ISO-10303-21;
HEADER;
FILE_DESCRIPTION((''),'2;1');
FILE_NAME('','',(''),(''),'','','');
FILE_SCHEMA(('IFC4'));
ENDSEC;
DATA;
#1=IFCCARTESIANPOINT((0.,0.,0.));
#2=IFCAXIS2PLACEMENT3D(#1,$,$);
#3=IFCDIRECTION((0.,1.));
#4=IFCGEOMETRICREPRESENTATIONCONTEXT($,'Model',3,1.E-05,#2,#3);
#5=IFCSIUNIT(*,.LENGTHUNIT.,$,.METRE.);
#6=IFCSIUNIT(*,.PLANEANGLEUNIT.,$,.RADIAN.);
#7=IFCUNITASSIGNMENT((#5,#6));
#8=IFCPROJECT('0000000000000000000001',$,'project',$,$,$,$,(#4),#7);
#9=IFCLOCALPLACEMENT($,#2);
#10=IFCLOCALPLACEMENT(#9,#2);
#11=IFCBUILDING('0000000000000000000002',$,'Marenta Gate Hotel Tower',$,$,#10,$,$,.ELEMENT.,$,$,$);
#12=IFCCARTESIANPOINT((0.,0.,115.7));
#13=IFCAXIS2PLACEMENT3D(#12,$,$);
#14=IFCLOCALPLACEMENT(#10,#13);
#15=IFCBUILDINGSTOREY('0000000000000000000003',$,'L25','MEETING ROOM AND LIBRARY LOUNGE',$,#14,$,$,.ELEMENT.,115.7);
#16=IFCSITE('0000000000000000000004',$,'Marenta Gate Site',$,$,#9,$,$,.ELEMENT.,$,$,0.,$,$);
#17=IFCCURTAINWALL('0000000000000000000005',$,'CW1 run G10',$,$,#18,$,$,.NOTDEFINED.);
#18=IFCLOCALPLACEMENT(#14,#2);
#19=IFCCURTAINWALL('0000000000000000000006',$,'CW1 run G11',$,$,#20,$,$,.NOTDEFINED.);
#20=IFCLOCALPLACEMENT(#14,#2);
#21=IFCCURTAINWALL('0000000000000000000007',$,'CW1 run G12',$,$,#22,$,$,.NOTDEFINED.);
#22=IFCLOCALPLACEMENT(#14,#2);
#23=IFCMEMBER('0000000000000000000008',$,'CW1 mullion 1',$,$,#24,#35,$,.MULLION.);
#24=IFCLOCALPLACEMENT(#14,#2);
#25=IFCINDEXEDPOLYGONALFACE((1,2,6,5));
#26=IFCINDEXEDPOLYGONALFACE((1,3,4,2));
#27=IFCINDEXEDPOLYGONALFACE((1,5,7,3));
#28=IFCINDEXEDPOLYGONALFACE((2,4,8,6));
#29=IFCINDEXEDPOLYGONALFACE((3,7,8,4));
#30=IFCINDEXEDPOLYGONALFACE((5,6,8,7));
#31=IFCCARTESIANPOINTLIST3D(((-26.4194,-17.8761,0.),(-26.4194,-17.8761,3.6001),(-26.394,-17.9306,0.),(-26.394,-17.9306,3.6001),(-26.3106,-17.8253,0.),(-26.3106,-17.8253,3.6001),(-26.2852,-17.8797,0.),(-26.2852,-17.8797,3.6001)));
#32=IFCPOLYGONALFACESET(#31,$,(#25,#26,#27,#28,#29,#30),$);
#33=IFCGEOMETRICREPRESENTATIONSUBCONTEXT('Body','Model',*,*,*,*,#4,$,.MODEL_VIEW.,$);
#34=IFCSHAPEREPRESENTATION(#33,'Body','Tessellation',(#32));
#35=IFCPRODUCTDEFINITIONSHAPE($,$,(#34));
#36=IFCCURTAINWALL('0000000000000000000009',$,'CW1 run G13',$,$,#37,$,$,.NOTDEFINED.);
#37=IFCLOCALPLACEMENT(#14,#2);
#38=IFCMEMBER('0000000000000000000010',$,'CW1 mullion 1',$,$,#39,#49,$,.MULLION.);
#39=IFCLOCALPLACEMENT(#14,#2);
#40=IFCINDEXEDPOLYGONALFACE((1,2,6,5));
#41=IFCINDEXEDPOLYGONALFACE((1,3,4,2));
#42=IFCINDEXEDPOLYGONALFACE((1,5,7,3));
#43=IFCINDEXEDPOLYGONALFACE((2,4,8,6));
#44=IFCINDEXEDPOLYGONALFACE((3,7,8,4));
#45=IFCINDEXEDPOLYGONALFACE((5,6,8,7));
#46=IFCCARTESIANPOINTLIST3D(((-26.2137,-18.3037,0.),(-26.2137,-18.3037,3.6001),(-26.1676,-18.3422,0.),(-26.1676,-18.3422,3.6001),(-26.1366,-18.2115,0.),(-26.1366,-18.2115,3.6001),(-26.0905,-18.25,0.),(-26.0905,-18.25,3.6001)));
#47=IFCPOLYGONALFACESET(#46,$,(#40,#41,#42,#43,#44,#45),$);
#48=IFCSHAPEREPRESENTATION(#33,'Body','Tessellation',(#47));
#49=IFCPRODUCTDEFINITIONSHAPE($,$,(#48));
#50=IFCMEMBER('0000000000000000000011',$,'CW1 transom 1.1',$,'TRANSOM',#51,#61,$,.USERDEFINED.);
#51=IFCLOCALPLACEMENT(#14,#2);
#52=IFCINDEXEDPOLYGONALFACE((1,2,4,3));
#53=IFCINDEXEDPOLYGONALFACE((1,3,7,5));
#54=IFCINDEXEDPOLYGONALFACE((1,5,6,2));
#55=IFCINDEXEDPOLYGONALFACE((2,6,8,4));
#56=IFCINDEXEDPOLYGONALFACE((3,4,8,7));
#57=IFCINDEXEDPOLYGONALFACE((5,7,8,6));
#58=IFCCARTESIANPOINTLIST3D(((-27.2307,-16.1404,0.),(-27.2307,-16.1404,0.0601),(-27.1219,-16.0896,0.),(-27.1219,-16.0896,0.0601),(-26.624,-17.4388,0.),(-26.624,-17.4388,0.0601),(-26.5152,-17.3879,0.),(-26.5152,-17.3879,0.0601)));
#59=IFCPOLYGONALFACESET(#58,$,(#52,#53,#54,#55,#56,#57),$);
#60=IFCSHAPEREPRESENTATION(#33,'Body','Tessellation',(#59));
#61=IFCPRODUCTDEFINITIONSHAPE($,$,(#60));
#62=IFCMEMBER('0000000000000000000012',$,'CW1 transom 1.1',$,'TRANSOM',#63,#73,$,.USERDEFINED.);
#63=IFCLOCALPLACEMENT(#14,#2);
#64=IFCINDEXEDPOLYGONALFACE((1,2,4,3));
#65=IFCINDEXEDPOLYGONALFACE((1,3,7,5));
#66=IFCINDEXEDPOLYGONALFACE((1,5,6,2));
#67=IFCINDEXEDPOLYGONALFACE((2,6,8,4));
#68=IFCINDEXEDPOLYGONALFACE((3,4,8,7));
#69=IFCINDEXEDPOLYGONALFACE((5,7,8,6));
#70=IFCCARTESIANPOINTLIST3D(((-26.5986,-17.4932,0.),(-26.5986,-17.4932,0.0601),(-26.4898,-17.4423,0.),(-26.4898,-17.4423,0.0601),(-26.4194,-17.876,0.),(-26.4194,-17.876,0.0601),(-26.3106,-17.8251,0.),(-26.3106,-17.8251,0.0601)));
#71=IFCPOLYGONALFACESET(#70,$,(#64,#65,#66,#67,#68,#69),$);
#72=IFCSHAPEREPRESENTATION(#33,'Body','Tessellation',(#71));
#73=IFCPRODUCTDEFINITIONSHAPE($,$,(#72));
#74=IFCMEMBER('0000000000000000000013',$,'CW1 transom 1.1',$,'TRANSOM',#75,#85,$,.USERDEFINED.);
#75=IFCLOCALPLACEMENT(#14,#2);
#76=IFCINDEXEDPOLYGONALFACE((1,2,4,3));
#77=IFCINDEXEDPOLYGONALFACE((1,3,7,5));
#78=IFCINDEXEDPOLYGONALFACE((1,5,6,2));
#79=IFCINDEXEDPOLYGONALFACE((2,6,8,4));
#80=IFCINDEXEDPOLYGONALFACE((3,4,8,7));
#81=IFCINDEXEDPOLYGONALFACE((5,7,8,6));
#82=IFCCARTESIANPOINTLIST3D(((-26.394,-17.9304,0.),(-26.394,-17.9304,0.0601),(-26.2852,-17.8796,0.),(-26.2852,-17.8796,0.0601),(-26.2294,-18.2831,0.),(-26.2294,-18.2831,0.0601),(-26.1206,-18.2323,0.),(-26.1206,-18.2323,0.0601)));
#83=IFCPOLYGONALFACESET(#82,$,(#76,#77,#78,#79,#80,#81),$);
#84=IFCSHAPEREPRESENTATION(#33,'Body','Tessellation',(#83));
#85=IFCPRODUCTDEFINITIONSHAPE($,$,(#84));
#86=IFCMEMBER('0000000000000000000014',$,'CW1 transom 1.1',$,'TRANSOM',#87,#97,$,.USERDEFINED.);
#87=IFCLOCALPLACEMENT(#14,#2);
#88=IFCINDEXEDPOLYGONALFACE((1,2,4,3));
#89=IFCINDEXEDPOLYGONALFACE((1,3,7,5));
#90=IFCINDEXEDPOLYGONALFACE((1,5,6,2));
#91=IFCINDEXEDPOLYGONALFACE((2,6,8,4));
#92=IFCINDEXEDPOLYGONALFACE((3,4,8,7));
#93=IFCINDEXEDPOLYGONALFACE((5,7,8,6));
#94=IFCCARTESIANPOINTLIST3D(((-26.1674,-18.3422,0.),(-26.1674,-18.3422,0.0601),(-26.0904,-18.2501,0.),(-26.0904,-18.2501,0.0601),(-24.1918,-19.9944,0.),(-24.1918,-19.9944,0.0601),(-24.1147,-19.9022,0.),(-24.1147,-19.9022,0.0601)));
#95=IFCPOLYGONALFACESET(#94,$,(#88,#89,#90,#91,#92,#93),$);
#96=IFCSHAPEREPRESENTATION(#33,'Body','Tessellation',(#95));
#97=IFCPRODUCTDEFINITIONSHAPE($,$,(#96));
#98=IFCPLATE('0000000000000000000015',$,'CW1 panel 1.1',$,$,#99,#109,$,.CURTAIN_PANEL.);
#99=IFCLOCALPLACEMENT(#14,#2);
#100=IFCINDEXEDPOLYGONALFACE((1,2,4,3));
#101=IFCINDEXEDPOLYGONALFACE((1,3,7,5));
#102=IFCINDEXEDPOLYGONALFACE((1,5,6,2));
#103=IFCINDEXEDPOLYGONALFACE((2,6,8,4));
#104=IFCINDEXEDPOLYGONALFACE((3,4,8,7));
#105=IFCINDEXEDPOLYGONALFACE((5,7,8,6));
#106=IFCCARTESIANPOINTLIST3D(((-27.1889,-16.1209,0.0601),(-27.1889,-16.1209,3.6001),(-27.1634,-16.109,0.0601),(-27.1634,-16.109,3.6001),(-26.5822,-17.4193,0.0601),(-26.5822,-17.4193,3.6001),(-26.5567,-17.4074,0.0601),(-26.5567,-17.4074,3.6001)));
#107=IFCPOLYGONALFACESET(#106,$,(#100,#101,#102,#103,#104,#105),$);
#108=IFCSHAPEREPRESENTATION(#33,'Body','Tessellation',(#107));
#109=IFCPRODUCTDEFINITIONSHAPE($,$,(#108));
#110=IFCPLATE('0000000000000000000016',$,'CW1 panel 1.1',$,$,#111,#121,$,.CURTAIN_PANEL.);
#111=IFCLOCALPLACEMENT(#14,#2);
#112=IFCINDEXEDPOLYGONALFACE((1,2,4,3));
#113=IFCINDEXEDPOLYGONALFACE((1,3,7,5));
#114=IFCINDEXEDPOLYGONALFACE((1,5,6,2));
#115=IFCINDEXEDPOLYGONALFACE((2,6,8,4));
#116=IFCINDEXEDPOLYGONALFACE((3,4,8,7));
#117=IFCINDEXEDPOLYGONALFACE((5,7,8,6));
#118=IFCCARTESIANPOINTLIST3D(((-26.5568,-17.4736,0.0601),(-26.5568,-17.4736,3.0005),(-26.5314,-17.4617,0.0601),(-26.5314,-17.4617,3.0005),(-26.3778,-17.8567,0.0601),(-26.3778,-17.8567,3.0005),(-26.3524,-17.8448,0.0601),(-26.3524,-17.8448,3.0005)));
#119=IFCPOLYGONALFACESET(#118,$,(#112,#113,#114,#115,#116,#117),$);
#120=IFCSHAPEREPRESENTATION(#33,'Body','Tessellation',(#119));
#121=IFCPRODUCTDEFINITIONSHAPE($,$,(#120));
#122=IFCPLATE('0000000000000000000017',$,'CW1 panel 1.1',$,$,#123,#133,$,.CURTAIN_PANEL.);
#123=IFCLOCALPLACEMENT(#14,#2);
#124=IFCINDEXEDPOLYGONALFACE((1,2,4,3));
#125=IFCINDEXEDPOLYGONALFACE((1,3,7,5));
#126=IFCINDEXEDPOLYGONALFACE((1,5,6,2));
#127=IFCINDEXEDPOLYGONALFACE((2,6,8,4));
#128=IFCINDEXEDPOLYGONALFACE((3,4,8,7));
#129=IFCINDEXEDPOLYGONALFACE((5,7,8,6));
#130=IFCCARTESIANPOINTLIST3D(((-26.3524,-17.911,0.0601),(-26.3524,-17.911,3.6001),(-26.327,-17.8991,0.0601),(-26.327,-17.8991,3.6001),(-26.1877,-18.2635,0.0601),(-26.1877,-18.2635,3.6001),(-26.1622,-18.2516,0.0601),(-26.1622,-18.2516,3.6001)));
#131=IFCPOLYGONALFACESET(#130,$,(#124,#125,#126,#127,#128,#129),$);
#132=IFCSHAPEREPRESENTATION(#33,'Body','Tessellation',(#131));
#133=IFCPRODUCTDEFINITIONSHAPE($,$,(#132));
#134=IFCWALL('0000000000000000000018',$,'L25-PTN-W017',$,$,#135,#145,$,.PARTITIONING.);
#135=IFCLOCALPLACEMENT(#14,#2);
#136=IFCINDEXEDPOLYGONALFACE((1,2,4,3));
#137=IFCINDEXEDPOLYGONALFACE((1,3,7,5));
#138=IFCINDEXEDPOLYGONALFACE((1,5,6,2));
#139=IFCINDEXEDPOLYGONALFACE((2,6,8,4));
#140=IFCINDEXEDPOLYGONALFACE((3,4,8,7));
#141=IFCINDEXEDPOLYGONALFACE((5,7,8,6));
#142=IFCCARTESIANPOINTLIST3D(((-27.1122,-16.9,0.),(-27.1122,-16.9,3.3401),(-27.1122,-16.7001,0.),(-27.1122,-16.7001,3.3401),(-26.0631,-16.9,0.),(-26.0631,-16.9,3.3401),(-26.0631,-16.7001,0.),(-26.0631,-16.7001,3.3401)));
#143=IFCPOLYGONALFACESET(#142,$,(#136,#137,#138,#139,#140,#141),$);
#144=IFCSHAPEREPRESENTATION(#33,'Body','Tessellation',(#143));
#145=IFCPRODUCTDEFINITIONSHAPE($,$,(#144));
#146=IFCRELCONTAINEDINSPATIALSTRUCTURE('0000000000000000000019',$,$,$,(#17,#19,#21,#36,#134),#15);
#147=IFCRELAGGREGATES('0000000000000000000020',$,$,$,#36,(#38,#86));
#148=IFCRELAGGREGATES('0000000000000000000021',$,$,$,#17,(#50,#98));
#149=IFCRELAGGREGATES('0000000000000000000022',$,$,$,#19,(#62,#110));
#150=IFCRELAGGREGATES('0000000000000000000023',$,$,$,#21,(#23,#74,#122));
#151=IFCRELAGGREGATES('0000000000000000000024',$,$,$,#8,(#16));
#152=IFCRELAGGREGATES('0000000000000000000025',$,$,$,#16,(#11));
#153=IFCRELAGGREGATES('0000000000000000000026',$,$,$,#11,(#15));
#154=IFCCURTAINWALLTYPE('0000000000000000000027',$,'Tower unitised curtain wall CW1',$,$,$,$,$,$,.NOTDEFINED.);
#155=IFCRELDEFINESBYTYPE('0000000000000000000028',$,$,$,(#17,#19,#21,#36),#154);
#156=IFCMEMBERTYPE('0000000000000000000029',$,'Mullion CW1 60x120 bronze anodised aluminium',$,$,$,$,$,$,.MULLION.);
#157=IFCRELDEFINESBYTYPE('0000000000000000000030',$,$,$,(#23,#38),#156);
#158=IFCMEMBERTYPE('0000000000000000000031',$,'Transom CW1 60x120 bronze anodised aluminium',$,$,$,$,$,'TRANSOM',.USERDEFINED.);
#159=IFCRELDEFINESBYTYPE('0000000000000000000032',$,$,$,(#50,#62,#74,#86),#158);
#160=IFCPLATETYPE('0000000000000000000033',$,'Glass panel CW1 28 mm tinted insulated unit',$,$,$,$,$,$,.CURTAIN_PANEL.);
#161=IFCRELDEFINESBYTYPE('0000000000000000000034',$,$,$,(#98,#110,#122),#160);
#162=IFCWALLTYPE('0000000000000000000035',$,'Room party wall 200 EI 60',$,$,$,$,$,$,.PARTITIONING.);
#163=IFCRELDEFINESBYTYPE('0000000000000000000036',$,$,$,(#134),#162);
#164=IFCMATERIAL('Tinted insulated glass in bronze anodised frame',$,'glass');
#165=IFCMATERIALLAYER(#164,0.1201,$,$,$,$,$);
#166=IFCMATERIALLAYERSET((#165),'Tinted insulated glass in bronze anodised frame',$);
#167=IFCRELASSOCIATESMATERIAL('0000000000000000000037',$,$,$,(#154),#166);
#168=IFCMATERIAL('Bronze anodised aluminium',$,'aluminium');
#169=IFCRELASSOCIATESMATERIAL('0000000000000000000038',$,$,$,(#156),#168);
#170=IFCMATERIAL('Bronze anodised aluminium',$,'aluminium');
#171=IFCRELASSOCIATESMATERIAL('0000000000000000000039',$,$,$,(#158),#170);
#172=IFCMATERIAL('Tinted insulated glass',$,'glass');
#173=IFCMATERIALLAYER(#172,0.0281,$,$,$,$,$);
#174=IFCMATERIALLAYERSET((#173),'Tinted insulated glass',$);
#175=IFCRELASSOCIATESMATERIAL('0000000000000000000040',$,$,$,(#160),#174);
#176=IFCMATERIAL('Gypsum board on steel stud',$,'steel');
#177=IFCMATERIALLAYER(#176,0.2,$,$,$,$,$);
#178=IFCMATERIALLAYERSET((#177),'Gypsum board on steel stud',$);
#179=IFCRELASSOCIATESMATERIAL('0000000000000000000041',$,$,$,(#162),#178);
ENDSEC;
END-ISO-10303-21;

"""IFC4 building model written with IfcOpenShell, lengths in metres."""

from ifc_helpers import new_model, si_unit, direction, frame, frame_2d, origin, origin_2d, place, context, subcontext, project, spatial, rectangle, extrude, material, layer, layer_set, material_profile, profile_set, type_object, element, aggregate, save


model = new_model("IFC4")

# Units and contexts
model_context = context("Model", 3, precision=1e-05, world=origin(), true_north=direction((0.0, 1.0)))
body_context = subcontext(model_context, "Body", "Model", "MODEL_VIEW")
ifc_project = project(units=[si_unit("LENGTHUNIT", "METRE"), si_unit("PLANEANGLEUNIT", "RADIAN")], contexts=[model_context])

# Site, building, storey
site_placement = place(None, origin())
site = spatial("IfcSite", under=ifc_project, at=site_placement, Name="Marenta Gate Site", CompositionType="ELEMENT", RefElevation=0.0)
building_placement = place(site_placement, origin())
building = spatial("IfcBuilding", under=site, at=building_placement, Name="Marenta Gate Hotel Tower", CompositionType="ELEMENT")
storey_placement = place(building_placement, frame((0.0, 0.0, 115.7)))
storey = spatial("IfcBuildingStorey", under=building, at=storey_placement, Name="L25", Description="MEETING ROOM AND LIBRARY LOUNGE", CompositionType="ELEMENT", Elevation=115.7)

# Curtain walls, members
ifc_material_1 = material(Name="Tinted insulated glass in bronze anodised frame", Category="glass")
ifc_layer_1 = layer(ifc_material_1, 0.1201)
ifc_layer_set_1 = layer_set([ifc_layer_1], Name="Tinted insulated glass in bronze anodised frame")
curtain_wall_type = type_object("IfcCurtainWallType", Name="Tower unitised curtain wall CW1", PredefinedType="NOTDEFINED", material=ifc_layer_set_1)
curtain_wall_1_placement = place(storey_placement, origin())
curtain_wall_1 = element("IfcCurtainWall", 1, at=curtain_wall_1_placement, inside=storey, type_object=curtain_wall_type, Name="CW1 run G10", PredefinedType="NOTDEFINED")
ifc_material_2 = material(Name="Bronze anodised aluminium", Category="aluminium")
ifc_material_profile_1 = material_profile(ifc_material_2, rectangle(XDim=0.1201, YDim=0.0601, at=origin_2d()), Name="Mullion CW1 60x120 bronze anodised aluminium")
ifc_profile_set_1 = profile_set([ifc_material_profile_1], Name="Bronze anodised aluminium")
member_type_1 = type_object("IfcMemberType", Name="Mullion CW1 60x120 bronze anodised aluminium", PredefinedType="MULLION", material=ifc_profile_set_1)
curtain_wall_2_placement = place(storey_placement, origin())
curtain_wall_2 = element("IfcCurtainWall", 2, at=curtain_wall_2_placement, inside=storey, type_object=curtain_wall_type, Name="CW1 run G11", PredefinedType="NOTDEFINED")
curtain_wall_3_placement = place(storey_placement, origin())
curtain_wall_3 = element("IfcCurtainWall", 3, at=curtain_wall_3_placement, inside=storey, type_object=curtain_wall_type, Name="CW1 run G12", PredefinedType="NOTDEFINED")
member_1_placement = place(storey_placement, frame((-26.3523, -17.8779, 0.0), z_axis=(0.0, 0.0, 1.0), x_axis=(0.906001, 0.423275, 0.0)))
member_1 = element("IfcMember", 4, at=member_1_placement, type_object=member_type_1, Name="CW1 mullion 1", PredefinedType="MULLION", context=body_context, shape_type="SweptSolid", body=[
    extrude(rectangle(XDim=0.1201, YDim=0.0601, at=origin_2d()), origin(), (0.0, 0.0, 1.0), 3.6001),
])
curtain_wall_4_placement = place(storey_placement, origin())
curtain_wall_4 = element("IfcCurtainWall", 5, at=curtain_wall_4_placement, inside=storey, type_object=curtain_wall_type, Name="CW1 run G13", PredefinedType="NOTDEFINED")
member_2_placement = place(storey_placement, frame((-26.1521, -18.2769, 0.0), z_axis=(0.0, 0.0, 1.0), x_axis=(0.641512, 0.767113, 0.0)))
member_2 = element("IfcMember", 6, at=member_2_placement, type_object=member_type_1, Name="CW1 mullion 1", PredefinedType="MULLION", context=body_context, shape_type="SweptSolid", body=[
    extrude(rectangle(XDim=0.1201, YDim=0.0601, at=origin_2d()), origin(), (0.0, 0.0, 1.0), 3.6001),
])

# Members
ifc_material_3 = material(Name="Bronze anodised aluminium", Category="aluminium")
ifc_material_profile_2 = material_profile(ifc_material_3, rectangle(XDim=0.1201, YDim=0.0601, at=origin_2d()), Name="Transom CW1 60x120 bronze anodised aluminium")
ifc_profile_set_2 = profile_set([ifc_material_profile_2], Name="Bronze anodised aluminium")
member_type_2 = type_object("IfcMemberType", Name="Transom CW1 60x120 bronze anodised aluminium", ElementType="TRANSOM", PredefinedType="USERDEFINED", material=ifc_profile_set_2)
member_3_placement = place(storey_placement, frame((-27.1763, -16.115, 0.03), z_axis=(0.423342, -0.90597, 0.0), x_axis=(0.90597, 0.423342, 0.0)))
member_3 = element("IfcMember", 7, at=member_3_placement, type_object=member_type_2, Name="CW1 transom 1.1", ObjectType="TRANSOM", PredefinedType="USERDEFINED", context=body_context, shape_type="SweptSolid", body=[
    extrude(rectangle(XDim=0.1201, YDim=0.0601, at=origin_2d()), origin(), (0.0, 0.0, 1.0), 1.4331),
])
member_4_placement = place(storey_placement, frame((-26.5442, -17.4678, 0.03), z_axis=(0.42396, -0.905681, 0.0), x_axis=(0.905681, 0.42396, 0.0)))
member_4 = element("IfcMember", 8, at=member_4_placement, type_object=member_type_2, Name="CW1 transom 1.1", ObjectType="TRANSOM", PredefinedType="USERDEFINED", context=body_context, shape_type="SweptSolid", body=[
    extrude(rectangle(XDim=0.1201, YDim=0.0601, at=origin_2d()), origin(), (0.0, 0.0, 1.0), 0.4226),
])
member_5_placement = place(storey_placement, frame((-26.3396, -17.905, 0.03), z_axis=(0.422954, -0.906151, 0.0), x_axis=(0.906151, 0.422954, 0.0)))
member_5 = element("IfcMember", 9, at=member_5_placement, type_object=member_type_2, Name="CW1 transom 1.1", ObjectType="TRANSOM", PredefinedType="USERDEFINED", context=body_context, shape_type="SweptSolid", body=[
    extrude(rectangle(XDim=0.1201, YDim=0.0601, at=origin_2d()), origin(), (0.0, 0.0, 1.0), 0.3892),
])
member_6_placement = place(storey_placement, frame((-26.1289, -18.2961, 0.03), z_axis=(0.767117, -0.641508, 0.0), x_axis=(0.641508, 0.767117, 0.0)))
member_6 = element("IfcMember", 10, at=member_6_placement, type_object=member_type_2, Name="CW1 transom 1.1", ObjectType="TRANSOM", PredefinedType="USERDEFINED", context=body_context, shape_type="SweptSolid", body=[
    extrude(rectangle(XDim=0.1201, YDim=0.0601, at=origin_2d()), origin(), (0.0, 0.0, 1.0), 2.5754),
])
aggregate(curtain_wall_4, [member_2, member_6])

# Plates
ifc_material_4 = material(Name="Tinted insulated glass", Category="glass")
ifc_layer_2 = layer(ifc_material_4, 0.0281)
ifc_layer_set_2 = layer_set([ifc_layer_2], Name="Tinted insulated glass")
plate_type = type_object("IfcPlateType", Name="Glass panel CW1 28 mm tinted insulated unit", PredefinedType="CURTAIN_PANEL", material=ifc_layer_set_2)
plate_1_placement = place(storey_placement, frame((-26.8728, -16.7642, 0.0601), z_axis=(0.0, 0.0, 1.0), x_axis=(0.423347, -0.905967, 0.0)))
plate_1 = element("IfcPlate", 11, at=plate_1_placement, type_object=plate_type, Name="CW1 panel 1.1", PredefinedType="CURTAIN_PANEL", context=body_context, shape_type="SweptSolid", body=[
    extrude(rectangle(XDim=1.4331, YDim=0.0281, at=origin_2d()), origin(), (0.0, 0.0, 1.0), 3.54),
])
aggregate(curtain_wall_1, [member_3, plate_1])
plate_2_placement = place(storey_placement, frame((-26.4546, -17.6592, 0.0601), z_axis=(0.0, 0.0, 1.0), x_axis=(0.423362, -0.905961, 0.0)))
plate_2 = element("IfcPlate", 12, at=plate_2_placement, type_object=plate_type, Name="CW1 panel 1.1", PredefinedType="CURTAIN_PANEL", context=body_context, shape_type="SweptSolid", body=[
    extrude(rectangle(XDim=0.4229, YDim=0.0281, at=origin_2d()), origin(), (0.0, 0.0, 1.0), 2.9404),
])
aggregate(curtain_wall_2, [member_4, plate_2])
plate_3_placement = place(storey_placement, frame((-26.2573, -18.0813, 0.0601), z_axis=(0.0, 0.0, 1.0), x_axis=(0.423275, -0.906001, 0.0)))
plate_3 = element("IfcPlate", 13, at=plate_3_placement, type_object=plate_type, Name="CW1 panel 1.1", PredefinedType="CURTAIN_PANEL", context=body_context, shape_type="SweptSolid", body=[
    extrude(rectangle(XDim=0.3892, YDim=0.0281, at=origin_2d()), origin(), (0.0, 0.0, 1.0), 3.54),
])
aggregate(curtain_wall_3, [member_1, member_5, plate_3])

# Wall
ifc_material_5 = material(Name="Gypsum board on steel stud", Category="steel")
ifc_layer_3 = layer(ifc_material_5, 0.2)
ifc_layer_set_3 = layer_set([ifc_layer_3], Name="Gypsum board on steel stud")
wall_type = type_object("IfcWallType", Name="Room party wall 200 EI 60", PredefinedType="PARTITIONING", material=ifc_layer_set_3)
wall_placement = place(storey_placement, frame((-27.1121, -16.8, 0.0), z_axis=(0.0, 0.0, 1.0), x_axis=(1.0, 0.0, 0.0)))
element("IfcWall", 14, at=wall_placement, inside=storey, type_object=wall_type, Name="L25-PTN-W017", PredefinedType="PARTITIONING", context=body_context, shape_type="SweptSolid", body=[
    extrude(rectangle(XDim=1.0491, YDim=0.2, at=frame_2d((0.5244, 0.0))), origin(), (0.0, 0.0, 1.0), 3.3401),
])

save(model, "model.ifc")
